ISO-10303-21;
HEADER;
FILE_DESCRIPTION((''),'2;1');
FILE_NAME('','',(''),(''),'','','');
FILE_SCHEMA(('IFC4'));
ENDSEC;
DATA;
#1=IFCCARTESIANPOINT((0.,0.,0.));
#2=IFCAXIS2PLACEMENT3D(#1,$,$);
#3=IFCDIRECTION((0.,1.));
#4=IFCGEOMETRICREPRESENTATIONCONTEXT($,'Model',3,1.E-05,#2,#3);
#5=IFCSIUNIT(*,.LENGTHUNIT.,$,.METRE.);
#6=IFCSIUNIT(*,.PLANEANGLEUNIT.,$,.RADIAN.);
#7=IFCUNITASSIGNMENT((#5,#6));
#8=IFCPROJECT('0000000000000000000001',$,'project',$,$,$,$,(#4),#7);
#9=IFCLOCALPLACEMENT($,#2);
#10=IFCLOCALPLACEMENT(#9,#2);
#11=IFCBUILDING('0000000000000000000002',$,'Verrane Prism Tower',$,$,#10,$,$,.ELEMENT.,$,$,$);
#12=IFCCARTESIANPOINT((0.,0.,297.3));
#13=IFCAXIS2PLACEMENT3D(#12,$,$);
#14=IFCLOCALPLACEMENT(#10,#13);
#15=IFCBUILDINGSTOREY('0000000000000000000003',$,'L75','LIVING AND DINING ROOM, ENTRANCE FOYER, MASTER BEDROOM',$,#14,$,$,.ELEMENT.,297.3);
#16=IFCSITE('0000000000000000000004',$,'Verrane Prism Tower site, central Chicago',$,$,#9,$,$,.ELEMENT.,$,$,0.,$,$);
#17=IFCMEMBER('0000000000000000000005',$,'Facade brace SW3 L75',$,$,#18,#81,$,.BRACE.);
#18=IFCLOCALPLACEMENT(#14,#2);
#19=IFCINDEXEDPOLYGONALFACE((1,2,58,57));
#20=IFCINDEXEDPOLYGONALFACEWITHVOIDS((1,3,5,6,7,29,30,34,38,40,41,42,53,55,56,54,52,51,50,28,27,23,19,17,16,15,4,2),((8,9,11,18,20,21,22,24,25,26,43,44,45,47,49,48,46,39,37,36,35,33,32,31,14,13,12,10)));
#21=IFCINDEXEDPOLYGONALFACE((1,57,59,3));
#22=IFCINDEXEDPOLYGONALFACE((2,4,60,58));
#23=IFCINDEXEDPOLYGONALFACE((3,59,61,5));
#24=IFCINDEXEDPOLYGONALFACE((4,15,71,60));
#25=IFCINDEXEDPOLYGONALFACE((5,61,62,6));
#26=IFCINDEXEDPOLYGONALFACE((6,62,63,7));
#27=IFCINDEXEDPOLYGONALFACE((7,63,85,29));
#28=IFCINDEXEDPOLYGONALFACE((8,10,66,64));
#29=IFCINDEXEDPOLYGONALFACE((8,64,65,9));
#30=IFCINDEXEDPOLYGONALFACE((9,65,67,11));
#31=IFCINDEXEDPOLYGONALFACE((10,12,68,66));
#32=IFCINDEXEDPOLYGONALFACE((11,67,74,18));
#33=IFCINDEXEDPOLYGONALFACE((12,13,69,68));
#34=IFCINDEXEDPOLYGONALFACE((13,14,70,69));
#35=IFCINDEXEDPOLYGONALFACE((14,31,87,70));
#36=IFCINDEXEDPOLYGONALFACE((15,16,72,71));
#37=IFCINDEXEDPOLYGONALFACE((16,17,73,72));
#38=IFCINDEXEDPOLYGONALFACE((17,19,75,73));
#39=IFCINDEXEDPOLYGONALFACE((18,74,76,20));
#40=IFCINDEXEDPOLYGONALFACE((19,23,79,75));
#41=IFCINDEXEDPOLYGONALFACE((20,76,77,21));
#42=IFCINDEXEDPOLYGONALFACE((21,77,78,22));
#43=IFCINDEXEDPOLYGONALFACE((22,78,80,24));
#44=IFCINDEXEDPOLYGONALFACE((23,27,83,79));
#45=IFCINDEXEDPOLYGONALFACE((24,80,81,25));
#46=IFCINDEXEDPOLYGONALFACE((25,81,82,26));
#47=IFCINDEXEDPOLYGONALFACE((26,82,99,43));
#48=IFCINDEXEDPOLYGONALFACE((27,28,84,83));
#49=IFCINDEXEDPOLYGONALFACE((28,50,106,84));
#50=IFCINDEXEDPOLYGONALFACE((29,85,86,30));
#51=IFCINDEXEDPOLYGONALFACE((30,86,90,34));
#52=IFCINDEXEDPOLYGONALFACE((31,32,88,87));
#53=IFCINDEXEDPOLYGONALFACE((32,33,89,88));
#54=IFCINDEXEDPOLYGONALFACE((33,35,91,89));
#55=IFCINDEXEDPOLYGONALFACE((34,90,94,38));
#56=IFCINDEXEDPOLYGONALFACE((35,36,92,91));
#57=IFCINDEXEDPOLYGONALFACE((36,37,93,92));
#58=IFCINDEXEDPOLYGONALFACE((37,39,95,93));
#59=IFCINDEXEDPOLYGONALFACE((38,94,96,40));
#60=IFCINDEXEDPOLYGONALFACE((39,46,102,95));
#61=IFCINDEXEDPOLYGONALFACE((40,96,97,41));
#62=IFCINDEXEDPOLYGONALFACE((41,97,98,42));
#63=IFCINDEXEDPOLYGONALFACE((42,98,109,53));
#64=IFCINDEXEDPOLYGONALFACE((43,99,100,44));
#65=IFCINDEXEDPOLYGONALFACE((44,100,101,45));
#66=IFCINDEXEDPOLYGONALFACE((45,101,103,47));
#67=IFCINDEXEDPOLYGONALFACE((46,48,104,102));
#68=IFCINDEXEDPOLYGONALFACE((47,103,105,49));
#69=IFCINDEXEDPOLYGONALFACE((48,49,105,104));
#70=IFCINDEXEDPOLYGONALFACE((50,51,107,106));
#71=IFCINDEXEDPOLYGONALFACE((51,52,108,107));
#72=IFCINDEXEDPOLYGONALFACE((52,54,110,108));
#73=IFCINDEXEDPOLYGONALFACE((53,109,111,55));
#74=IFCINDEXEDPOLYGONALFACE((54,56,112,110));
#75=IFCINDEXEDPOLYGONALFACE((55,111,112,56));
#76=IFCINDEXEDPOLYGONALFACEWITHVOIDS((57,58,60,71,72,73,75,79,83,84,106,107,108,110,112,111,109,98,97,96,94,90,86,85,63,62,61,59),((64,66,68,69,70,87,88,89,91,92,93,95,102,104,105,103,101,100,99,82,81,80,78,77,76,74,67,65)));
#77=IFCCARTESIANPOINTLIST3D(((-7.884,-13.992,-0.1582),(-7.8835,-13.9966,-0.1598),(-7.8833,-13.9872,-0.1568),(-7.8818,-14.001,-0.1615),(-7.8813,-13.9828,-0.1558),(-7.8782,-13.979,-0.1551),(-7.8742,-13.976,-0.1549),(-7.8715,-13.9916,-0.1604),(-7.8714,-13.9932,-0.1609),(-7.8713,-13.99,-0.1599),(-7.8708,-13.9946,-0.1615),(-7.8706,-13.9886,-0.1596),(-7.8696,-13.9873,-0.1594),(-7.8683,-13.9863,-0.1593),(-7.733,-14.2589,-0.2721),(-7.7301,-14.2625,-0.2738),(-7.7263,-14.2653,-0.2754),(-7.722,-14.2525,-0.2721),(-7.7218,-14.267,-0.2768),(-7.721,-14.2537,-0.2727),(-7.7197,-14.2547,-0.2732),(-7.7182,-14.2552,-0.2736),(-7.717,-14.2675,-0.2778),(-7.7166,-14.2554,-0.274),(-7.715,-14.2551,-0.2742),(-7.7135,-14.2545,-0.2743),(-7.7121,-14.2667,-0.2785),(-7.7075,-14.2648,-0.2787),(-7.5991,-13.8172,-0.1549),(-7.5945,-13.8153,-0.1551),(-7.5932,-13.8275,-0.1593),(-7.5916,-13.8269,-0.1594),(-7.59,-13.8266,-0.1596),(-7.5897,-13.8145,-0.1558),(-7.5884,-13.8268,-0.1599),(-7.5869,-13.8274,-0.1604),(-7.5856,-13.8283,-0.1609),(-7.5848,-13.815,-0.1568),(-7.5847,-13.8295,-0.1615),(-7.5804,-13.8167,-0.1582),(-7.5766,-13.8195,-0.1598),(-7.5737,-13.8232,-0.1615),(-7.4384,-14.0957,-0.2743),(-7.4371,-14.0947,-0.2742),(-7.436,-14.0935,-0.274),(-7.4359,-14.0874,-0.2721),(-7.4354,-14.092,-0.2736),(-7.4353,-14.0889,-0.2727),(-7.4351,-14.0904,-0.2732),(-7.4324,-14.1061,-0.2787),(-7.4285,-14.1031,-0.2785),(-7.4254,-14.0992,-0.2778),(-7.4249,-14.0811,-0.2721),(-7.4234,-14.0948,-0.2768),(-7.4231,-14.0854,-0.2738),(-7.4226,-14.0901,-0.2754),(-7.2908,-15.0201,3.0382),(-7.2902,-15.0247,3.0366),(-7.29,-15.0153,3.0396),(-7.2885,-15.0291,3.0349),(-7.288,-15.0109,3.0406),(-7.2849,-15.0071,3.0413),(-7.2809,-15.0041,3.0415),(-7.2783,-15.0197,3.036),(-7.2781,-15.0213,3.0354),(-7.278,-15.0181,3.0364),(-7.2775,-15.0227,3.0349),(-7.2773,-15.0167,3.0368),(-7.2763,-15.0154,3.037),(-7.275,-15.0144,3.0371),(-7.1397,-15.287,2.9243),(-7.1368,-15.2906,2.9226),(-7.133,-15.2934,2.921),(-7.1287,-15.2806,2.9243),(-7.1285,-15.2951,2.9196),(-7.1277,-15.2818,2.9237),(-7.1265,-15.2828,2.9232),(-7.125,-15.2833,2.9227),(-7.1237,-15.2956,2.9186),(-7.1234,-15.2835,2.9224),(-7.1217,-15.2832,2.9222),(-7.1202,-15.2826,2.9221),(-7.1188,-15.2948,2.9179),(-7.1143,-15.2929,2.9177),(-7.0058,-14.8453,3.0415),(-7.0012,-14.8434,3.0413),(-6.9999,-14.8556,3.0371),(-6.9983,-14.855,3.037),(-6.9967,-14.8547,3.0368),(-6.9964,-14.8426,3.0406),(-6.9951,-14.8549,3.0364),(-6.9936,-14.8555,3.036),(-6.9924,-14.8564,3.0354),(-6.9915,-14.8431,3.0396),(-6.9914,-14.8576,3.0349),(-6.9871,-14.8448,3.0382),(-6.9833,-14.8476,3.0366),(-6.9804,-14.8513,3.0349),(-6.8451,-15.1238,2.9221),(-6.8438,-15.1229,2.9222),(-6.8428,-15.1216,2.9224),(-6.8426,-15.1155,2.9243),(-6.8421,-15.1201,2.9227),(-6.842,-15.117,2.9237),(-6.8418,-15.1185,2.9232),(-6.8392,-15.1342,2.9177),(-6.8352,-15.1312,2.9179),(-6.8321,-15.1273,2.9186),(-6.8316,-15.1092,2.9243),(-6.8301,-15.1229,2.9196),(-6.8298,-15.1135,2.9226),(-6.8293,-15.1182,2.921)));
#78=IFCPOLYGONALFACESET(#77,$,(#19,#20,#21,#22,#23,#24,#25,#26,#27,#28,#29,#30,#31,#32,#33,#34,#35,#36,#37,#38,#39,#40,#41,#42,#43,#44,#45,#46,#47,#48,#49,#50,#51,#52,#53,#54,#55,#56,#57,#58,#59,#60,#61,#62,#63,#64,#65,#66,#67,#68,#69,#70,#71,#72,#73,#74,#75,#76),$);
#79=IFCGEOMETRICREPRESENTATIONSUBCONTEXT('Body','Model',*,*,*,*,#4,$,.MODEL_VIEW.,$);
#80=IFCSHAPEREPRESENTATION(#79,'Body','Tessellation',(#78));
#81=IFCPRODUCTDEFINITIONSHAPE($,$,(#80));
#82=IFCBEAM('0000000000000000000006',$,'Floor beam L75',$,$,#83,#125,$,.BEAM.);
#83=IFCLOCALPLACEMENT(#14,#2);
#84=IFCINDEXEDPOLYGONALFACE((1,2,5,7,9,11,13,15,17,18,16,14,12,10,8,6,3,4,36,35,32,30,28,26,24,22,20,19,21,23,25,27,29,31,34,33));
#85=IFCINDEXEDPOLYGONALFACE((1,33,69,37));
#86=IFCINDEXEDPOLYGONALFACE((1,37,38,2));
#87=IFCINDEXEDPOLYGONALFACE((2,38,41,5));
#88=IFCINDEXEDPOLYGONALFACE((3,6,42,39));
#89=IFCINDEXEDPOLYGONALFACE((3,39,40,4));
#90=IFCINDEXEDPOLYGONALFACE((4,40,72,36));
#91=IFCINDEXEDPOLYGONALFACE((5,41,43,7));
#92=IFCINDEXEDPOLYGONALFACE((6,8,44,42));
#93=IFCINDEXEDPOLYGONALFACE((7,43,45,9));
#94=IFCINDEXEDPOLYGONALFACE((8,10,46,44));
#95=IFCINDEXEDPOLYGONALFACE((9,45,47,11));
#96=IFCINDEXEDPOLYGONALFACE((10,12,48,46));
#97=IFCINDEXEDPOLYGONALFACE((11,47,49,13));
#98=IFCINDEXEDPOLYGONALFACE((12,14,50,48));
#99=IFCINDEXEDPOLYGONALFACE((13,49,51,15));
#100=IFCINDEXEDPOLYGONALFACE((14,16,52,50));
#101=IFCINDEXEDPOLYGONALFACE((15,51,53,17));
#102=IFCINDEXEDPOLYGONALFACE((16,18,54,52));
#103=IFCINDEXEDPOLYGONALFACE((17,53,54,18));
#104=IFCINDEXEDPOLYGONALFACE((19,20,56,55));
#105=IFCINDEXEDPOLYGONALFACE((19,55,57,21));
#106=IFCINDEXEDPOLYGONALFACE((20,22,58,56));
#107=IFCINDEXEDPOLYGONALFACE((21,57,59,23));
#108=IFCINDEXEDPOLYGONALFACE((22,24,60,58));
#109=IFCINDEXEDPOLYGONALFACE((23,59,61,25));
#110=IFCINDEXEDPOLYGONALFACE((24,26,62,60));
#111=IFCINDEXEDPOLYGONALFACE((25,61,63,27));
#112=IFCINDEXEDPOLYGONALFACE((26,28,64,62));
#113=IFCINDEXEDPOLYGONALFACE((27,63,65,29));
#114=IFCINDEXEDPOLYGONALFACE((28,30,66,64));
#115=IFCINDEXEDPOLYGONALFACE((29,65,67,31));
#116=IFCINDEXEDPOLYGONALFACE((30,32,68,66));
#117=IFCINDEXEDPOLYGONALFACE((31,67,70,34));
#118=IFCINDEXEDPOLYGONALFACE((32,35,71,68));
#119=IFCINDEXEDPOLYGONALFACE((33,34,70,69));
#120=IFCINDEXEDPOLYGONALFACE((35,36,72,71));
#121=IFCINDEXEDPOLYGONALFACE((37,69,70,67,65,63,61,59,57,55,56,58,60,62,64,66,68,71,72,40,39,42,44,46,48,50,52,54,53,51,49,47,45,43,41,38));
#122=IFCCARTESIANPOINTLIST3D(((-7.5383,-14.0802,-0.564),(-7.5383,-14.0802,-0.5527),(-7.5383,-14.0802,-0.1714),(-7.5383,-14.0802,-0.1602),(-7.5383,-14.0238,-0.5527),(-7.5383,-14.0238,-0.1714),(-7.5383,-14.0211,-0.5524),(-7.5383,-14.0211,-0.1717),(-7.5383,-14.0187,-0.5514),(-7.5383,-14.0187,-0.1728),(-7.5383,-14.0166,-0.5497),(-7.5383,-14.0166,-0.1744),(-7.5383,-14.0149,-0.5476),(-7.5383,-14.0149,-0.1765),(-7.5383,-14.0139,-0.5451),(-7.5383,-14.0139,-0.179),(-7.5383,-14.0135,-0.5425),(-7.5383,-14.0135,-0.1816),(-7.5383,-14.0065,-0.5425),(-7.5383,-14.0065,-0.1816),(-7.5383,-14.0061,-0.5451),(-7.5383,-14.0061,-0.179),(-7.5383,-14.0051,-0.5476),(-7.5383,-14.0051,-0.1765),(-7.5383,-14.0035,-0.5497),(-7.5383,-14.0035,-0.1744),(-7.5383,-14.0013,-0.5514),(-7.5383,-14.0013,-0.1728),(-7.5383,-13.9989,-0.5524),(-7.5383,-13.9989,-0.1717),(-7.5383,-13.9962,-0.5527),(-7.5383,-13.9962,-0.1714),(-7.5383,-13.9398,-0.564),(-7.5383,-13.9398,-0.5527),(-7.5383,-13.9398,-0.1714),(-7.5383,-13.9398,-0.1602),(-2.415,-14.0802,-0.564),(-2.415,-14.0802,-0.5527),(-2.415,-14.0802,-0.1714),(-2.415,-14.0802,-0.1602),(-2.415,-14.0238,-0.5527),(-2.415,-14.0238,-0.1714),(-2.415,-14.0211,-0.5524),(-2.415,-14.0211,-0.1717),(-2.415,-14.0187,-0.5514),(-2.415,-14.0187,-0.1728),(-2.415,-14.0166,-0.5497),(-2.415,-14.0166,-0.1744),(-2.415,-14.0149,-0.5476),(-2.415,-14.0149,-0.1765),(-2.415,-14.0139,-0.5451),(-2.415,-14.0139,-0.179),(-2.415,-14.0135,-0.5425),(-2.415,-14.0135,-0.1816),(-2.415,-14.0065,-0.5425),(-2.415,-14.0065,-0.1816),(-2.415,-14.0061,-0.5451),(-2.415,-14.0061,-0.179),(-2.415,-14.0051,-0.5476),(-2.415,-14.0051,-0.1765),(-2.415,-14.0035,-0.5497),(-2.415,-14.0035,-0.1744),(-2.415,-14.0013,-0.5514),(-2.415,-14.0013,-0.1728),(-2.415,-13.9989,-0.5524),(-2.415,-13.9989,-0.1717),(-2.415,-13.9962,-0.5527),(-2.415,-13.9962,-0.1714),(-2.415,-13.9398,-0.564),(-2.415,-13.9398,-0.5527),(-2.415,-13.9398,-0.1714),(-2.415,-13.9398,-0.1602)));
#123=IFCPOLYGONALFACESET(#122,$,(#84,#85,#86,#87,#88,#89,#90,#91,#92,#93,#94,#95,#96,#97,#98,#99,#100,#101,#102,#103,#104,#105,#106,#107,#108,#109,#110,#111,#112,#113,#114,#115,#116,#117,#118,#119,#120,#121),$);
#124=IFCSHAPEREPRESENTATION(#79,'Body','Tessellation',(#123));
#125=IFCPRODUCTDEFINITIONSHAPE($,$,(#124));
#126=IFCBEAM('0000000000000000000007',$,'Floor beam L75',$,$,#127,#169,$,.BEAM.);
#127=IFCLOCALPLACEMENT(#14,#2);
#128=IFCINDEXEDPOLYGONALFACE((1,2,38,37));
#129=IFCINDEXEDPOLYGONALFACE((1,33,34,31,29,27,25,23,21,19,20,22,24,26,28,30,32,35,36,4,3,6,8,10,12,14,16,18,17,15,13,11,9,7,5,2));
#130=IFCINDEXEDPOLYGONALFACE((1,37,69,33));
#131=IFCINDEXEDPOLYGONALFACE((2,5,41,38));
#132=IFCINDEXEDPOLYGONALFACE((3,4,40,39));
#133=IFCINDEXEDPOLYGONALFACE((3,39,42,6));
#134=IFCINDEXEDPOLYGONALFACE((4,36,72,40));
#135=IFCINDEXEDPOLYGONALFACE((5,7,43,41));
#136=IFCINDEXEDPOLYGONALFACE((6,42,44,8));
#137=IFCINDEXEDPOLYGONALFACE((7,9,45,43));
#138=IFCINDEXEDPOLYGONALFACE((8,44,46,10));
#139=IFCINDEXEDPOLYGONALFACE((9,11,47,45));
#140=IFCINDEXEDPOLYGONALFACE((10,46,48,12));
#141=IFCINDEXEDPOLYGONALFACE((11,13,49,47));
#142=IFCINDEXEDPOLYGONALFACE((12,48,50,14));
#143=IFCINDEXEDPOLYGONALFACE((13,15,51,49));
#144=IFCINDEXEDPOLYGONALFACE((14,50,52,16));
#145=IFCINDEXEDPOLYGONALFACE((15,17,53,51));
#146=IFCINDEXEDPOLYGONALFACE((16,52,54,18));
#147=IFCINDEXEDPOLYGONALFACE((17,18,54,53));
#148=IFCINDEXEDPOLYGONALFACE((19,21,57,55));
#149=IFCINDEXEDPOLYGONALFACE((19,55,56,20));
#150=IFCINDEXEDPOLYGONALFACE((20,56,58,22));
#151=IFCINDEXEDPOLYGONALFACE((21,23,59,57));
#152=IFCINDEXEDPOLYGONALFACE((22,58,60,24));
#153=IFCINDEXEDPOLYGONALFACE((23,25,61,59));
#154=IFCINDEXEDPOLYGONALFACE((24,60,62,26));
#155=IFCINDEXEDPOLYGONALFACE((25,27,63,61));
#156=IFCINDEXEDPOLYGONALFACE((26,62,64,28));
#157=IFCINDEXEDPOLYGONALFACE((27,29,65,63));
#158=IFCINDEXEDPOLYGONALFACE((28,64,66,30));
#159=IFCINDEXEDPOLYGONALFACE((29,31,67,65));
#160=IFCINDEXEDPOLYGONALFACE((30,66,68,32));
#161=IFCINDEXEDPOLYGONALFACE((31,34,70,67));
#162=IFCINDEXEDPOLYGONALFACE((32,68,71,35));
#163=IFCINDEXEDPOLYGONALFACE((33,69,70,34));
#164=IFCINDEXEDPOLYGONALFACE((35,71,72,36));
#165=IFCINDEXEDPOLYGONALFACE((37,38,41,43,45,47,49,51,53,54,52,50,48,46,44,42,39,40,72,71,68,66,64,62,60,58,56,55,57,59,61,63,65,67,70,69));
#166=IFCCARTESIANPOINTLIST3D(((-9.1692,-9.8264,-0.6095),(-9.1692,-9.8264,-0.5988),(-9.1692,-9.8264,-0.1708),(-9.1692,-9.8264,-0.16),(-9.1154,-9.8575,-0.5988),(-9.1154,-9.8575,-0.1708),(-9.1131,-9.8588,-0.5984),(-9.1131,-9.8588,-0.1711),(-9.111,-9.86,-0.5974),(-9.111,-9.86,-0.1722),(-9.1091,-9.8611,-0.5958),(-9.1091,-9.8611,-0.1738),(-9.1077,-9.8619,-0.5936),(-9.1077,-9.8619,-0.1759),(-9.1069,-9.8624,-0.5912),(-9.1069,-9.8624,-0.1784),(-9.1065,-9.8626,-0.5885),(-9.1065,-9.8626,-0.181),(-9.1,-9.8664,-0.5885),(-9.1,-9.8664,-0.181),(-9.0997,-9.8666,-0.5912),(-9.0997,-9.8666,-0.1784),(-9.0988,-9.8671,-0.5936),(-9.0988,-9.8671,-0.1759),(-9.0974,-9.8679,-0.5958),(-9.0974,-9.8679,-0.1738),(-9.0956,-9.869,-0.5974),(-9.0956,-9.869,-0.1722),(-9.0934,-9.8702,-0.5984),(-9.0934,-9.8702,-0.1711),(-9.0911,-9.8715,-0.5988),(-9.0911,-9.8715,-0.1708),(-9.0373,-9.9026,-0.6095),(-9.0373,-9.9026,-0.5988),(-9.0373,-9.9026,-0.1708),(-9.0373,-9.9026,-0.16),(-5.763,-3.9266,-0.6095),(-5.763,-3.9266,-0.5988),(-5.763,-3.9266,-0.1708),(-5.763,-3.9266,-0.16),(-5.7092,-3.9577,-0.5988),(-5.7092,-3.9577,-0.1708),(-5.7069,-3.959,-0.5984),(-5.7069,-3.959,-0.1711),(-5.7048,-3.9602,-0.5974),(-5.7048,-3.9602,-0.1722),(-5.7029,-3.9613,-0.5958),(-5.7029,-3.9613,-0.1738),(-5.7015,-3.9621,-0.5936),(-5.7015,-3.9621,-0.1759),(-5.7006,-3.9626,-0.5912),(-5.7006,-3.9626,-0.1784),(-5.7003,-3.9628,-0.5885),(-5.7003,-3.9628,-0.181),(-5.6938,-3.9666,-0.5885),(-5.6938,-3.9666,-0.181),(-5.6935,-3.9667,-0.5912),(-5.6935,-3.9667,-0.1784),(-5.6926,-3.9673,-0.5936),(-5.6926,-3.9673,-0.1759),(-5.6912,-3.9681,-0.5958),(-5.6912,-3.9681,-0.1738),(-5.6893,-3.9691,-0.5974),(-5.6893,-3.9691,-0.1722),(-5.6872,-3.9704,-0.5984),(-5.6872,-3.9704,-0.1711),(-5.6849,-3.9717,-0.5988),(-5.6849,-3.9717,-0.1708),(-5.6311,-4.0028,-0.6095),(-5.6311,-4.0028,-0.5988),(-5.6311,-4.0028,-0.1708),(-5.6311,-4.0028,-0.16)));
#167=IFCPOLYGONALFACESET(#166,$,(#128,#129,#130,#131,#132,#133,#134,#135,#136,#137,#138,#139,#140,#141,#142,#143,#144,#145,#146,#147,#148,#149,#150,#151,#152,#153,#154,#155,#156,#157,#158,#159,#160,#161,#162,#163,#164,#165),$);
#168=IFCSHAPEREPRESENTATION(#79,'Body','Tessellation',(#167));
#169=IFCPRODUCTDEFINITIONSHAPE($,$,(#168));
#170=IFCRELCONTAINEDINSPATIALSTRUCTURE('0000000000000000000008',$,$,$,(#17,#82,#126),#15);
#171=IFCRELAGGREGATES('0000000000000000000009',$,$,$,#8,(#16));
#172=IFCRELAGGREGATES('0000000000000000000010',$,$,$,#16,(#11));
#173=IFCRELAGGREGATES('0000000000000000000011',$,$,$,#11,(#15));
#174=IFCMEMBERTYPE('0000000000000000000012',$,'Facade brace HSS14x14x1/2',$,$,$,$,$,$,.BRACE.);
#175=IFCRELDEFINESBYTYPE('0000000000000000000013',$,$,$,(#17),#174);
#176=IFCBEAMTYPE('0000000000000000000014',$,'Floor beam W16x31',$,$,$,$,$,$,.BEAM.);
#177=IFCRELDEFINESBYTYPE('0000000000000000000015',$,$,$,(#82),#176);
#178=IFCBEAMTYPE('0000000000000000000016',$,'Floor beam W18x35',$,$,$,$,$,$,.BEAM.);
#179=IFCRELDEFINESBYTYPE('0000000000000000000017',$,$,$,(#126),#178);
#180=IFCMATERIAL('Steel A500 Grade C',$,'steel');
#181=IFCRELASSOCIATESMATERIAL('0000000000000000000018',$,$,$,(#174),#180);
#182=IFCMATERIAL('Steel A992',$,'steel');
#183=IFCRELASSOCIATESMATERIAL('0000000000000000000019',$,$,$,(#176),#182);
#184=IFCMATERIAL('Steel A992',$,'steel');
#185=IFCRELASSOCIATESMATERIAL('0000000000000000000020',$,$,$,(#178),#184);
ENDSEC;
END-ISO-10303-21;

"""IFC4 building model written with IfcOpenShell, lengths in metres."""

from ifc_helpers import new_model, si_unit, direction, frame, origin, origin_2d, place, context, subcontext, project, spatial, hollow_rectangle, i_section, extrude, material, material_profile, profile_set, type_object, element, save


model = new_model("IFC4")

# Units and contexts
model_context = context("Model", 3, precision=1e-05, world=origin(), true_north=direction((0.0, 1.0)))
body_context = subcontext(model_context, "Body", "Model", "MODEL_VIEW")
ifc_project = project(units=[si_unit("LENGTHUNIT", "METRE"), si_unit("PLANEANGLEUNIT", "RADIAN")], contexts=[model_context])

# Site, building, storey
site_placement = place(None, origin())
site = spatial("IfcSite", under=ifc_project, at=site_placement, Name="Verrane Prism Tower site, central Chicago", CompositionType="ELEMENT", RefElevation=0.0)
building_placement = place(site_placement, origin())
building = spatial("IfcBuilding", under=site, at=building_placement, Name="Verrane Prism Tower", CompositionType="ELEMENT")
storey_placement = place(building_placement, frame((0.0, 0.0, 297.3)))
storey = spatial("IfcBuildingStorey", under=building, at=storey_placement, Name="L75", Description="LIVING AND DINING ROOM, ENTRANCE FOYER, MASTER BEDROOM", CompositionType="ELEMENT", Elevation=297.3)

# Member
ifc_material_1 = material(Name="Steel A500 Grade C", Category="steel")
ifc_material_profile_1 = material_profile(ifc_material_1, hollow_rectangle(XDim=0.3557, YDim=0.3557, WallThickness=0.0127, InnerFilletRadius=0.0063, OuterFilletRadius=0.019, at=origin_2d()), Name="HSS14x14x1/2")
ifc_profile_set_1 = profile_set([ifc_material_profile_1], Name="Steel A500 Grade C")
member_type_1 = type_object("IfcMemberType", Name="Facade brace HSS14x14x1/2", PredefinedType="BRACE", material=ifc_profile_set_1)
member_1_placement = place(storey_placement, frame((-7.6533, -14.041, -0.2168), z_axis=(0.173999, -0.301527, 0.937447), x_axis=(0.866134, 0.499811, 0.0)))
element("IfcMember", 1, at=member_1_placement, inside=storey, type_object=member_type_1, Name="Facade brace SW3 L75", PredefinedType="BRACE", context=body_context, shape_type="SweptSolid", body=[
    extrude(hollow_rectangle(XDim=0.3557, YDim=0.3557, WallThickness=0.0127, InnerFilletRadius=0.0063, OuterFilletRadius=0.019, at=origin_2d()), origin(), (0.0, 0.0, 1.0), 3.4097),
])

# Beams
ifc_material_2 = material(Name="Steel A992", Category="steel")
ifc_material_profile_2 = material_profile(ifc_material_2, i_section(OverallWidth=0.1404, OverallDepth=0.4038, WebThickness=0.0071, FlangeThickness=0.0112, FilletRadius=0.0103, at=origin_2d()), Name="W16x31")
ifc_profile_set_2 = profile_set([ifc_material_profile_2], Name="Steel A992")
beam_type_1 = type_object("IfcBeamType", Name="Floor beam W16x31", PredefinedType="BEAM", material=ifc_profile_set_2)
beam_1_placement = place(storey_placement, frame((-7.5383, -14.01, -0.3621), z_axis=(1.0, 0.0, 0.0), x_axis=(0.0, 1.0, 0.0)))
element("IfcBeam", 2, at=beam_1_placement, inside=storey, type_object=beam_type_1, Name="Floor beam L75", PredefinedType="BEAM", context=body_context, shape_type="SweptSolid", body=[
    extrude(i_section(OverallWidth=0.1404, OverallDepth=0.4038, WebThickness=0.0071, FlangeThickness=0.0112, FilletRadius=0.0103, at=origin_2d()), origin(), (0.0, 0.0, 1.0), 5.1233),
])
ifc_material_3 = material(Name="Steel A992", Category="steel")
ifc_material_profile_3 = material_profile(ifc_material_3, i_section(OverallWidth=0.1523, OverallDepth=0.4495, WebThickness=0.0076, FlangeThickness=0.0107, FilletRadius=0.0103, at=origin_2d()), Name="W18x35")
ifc_profile_set_3 = profile_set([ifc_material_profile_3], Name="Steel A992")
beam_type_2 = type_object("IfcBeamType", Name="Floor beam W18x35", PredefinedType="BEAM", material=ifc_profile_set_3)
beam_2_placement = place(storey_placement, frame((-9.1033, -9.8645, -0.3848), z_axis=(0.499993, 0.866029, 0.0), x_axis=(-0.866029, 0.499993, 0.0)))
element("IfcBeam", 3, at=beam_2_placement, inside=storey, type_object=beam_type_2, Name="Floor beam L75", PredefinedType="BEAM", context=body_context, shape_type="SweptSolid", body=[
    extrude(i_section(OverallWidth=0.1523, OverallDepth=0.4495, WebThickness=0.0076, FlangeThickness=0.0107, FilletRadius=0.0103, at=origin_2d()), origin(), (0.0, 0.0, 1.0), 6.8125),
])

save(model, "model.ifc")
